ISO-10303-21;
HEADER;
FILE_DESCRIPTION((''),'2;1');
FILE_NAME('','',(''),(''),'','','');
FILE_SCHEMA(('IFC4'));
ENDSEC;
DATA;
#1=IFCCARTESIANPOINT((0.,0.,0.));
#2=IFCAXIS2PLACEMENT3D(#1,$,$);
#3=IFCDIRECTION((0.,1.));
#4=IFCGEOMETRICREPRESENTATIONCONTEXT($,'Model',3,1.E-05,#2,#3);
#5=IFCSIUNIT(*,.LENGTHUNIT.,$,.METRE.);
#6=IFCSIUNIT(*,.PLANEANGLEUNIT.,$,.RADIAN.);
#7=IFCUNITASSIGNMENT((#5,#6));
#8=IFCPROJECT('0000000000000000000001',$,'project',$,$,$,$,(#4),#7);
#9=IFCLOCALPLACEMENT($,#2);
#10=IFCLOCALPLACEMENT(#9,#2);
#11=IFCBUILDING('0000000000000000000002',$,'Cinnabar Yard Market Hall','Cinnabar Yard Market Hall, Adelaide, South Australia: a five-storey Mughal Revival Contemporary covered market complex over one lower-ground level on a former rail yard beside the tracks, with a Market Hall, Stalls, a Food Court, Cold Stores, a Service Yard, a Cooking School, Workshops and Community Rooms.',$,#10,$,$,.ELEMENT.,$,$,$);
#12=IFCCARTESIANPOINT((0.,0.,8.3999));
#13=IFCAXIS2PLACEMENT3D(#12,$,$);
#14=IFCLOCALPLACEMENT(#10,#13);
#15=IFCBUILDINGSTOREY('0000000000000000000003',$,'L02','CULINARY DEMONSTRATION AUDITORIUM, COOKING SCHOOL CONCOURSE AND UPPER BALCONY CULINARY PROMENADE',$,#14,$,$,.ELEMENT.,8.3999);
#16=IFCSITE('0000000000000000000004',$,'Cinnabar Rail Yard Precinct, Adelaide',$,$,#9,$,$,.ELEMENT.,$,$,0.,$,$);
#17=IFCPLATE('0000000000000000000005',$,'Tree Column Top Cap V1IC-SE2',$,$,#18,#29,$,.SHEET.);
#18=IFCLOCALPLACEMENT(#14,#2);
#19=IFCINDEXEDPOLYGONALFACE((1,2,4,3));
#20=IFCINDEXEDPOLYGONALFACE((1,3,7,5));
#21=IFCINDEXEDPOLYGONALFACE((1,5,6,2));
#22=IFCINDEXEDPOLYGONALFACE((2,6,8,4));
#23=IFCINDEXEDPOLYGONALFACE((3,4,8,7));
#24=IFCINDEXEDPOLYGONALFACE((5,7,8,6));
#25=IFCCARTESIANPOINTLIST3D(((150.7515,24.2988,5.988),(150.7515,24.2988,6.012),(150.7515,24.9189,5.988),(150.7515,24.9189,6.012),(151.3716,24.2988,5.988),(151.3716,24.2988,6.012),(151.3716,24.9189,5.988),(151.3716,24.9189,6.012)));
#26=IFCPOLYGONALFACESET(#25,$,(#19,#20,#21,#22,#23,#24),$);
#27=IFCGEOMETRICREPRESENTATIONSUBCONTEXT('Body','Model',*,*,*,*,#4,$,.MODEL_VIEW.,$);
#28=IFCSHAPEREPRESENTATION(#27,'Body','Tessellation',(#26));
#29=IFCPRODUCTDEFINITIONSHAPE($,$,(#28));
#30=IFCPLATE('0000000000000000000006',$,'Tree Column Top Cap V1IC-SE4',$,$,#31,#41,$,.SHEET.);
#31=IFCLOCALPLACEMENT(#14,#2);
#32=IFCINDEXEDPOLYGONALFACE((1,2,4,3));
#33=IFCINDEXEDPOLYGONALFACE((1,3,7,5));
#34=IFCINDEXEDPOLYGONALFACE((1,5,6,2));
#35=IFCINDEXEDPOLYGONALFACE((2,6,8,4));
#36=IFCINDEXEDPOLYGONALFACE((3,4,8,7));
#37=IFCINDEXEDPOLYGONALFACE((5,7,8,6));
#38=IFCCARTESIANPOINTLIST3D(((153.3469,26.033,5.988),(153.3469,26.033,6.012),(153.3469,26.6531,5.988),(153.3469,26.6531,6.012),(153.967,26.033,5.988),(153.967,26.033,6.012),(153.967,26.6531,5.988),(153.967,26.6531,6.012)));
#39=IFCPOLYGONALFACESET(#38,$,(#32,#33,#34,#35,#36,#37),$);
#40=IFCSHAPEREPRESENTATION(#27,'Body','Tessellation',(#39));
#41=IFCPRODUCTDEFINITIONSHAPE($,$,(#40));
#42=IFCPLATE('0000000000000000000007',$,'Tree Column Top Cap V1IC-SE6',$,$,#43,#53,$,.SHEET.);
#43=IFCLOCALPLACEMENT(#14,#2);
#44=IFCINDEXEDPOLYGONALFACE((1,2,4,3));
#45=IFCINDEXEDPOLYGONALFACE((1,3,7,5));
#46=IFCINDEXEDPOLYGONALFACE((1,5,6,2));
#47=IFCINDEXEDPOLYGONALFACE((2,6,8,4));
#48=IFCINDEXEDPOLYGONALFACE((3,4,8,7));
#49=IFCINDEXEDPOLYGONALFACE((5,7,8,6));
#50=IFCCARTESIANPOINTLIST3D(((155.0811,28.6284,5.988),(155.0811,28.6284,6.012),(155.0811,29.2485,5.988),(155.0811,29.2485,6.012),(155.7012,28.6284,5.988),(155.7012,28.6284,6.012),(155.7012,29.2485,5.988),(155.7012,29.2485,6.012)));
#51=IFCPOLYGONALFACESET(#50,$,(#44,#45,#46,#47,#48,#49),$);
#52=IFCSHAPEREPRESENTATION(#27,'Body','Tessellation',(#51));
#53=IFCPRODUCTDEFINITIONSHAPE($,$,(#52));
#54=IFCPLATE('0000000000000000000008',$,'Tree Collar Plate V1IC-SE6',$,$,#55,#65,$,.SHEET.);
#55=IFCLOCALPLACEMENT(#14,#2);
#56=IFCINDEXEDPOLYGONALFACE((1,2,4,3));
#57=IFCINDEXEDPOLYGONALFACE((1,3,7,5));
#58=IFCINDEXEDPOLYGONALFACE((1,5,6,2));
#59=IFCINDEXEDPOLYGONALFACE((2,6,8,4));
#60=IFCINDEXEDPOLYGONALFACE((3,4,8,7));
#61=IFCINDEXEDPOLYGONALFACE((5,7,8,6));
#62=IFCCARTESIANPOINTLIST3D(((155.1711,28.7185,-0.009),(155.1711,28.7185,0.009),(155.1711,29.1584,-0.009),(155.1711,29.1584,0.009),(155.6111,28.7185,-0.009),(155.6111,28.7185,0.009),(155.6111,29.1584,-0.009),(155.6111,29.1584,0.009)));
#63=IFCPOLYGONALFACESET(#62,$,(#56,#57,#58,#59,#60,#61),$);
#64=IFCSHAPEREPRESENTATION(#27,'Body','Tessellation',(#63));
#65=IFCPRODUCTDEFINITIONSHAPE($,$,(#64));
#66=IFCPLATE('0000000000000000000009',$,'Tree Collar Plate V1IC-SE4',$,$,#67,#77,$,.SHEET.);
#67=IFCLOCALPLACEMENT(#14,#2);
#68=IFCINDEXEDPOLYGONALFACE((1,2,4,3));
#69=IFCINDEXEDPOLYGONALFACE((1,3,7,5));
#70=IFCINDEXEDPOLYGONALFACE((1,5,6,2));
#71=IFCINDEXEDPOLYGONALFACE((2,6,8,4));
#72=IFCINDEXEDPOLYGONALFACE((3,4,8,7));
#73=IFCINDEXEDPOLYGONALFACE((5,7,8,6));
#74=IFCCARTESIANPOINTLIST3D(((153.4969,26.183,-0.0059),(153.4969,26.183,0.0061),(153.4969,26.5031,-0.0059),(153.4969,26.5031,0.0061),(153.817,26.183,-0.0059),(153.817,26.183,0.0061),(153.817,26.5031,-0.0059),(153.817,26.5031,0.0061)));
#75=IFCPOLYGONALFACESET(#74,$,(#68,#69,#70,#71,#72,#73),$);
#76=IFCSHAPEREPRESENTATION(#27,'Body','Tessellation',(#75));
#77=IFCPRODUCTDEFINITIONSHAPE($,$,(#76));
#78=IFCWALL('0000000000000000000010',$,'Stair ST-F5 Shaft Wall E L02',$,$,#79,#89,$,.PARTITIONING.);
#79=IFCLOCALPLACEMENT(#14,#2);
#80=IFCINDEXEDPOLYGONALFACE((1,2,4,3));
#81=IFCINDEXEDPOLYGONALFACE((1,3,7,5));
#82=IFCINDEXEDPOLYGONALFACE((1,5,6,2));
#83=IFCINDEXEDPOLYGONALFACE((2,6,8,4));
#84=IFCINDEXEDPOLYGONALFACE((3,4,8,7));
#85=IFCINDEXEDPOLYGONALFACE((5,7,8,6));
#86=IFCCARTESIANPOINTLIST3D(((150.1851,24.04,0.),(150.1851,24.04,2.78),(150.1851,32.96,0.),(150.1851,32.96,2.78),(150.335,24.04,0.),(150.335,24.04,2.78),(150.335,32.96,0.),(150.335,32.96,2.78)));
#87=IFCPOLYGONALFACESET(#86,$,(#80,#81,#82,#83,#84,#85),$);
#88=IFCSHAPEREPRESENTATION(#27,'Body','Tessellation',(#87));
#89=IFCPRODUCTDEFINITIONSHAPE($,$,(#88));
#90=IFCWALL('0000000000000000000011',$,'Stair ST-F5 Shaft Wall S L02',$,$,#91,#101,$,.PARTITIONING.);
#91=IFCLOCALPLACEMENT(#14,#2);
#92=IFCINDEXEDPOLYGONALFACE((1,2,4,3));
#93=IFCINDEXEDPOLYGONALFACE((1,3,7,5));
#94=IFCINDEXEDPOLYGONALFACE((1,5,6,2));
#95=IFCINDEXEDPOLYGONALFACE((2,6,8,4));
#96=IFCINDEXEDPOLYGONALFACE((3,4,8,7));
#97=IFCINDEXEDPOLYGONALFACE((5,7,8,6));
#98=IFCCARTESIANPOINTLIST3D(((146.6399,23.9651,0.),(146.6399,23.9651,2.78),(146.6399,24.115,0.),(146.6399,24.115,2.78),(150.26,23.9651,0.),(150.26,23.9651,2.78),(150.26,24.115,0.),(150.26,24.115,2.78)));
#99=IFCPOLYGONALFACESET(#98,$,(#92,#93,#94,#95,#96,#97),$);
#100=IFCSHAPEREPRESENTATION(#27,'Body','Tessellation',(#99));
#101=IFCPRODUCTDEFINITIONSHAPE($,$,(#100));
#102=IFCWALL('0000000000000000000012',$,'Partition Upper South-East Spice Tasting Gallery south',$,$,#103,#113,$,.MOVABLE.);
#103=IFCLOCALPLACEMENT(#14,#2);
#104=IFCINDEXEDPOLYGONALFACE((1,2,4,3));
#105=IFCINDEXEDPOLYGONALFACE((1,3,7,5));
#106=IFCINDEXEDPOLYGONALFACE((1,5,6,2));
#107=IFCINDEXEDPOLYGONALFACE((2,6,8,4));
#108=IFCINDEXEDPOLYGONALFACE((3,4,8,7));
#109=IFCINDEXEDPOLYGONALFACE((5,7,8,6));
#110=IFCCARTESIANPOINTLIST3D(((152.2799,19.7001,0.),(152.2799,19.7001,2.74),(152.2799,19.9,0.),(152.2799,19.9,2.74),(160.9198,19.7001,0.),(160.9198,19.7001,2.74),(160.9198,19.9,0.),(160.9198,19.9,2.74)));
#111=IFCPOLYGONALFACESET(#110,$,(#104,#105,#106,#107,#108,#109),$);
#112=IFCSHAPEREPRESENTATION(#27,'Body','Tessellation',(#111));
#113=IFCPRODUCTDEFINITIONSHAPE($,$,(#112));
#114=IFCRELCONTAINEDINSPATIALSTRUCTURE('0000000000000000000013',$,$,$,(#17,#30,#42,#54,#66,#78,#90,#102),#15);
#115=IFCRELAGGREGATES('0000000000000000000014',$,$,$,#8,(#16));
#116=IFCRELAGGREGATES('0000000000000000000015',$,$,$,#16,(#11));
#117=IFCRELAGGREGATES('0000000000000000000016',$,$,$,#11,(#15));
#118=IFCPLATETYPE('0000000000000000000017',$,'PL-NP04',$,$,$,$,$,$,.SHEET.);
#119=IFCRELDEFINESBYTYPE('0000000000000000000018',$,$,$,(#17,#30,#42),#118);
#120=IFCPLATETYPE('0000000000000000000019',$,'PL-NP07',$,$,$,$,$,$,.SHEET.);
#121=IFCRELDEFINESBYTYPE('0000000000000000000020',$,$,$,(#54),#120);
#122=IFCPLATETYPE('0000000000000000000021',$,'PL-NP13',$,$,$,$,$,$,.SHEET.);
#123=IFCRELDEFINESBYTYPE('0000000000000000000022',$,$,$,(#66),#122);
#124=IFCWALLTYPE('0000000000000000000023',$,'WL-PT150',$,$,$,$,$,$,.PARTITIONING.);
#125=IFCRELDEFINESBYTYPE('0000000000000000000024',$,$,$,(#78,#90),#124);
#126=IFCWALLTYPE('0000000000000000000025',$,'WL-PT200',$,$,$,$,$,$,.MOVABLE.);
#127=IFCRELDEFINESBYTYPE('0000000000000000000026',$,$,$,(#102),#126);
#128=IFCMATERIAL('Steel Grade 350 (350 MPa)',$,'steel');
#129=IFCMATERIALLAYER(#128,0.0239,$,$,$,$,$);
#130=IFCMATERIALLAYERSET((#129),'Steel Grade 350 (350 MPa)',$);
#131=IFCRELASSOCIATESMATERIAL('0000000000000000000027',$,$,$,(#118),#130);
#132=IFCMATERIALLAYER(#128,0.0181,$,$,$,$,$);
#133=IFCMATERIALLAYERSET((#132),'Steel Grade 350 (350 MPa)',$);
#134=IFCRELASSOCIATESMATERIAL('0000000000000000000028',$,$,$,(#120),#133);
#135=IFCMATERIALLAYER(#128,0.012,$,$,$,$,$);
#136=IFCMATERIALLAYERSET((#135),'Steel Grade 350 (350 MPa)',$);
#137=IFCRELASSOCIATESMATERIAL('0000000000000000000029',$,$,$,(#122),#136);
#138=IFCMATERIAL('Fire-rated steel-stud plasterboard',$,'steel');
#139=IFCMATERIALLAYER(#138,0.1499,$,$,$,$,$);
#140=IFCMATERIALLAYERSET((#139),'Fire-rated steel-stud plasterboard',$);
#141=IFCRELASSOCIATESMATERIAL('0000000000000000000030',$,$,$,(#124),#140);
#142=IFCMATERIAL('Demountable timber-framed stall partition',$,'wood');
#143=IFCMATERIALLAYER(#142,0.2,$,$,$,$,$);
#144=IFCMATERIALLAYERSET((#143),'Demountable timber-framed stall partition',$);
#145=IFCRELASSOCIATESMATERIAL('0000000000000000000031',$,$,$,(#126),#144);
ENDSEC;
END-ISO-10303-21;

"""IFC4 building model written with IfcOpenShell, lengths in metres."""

from ifc_helpers import new_model, si_unit, direction, frame, frame_2d, origin, origin_2d_with_axis, place, context, subcontext, project, spatial, rectangle, extrude, material, layer, layer_set, type_object, element, save


model = new_model("IFC4")

# Units and contexts
model_context = context("Model", 3, precision=1e-05, world=origin(), true_north=direction((0.0, 1.0)))
body_context = subcontext(model_context, "Body", "Model", "MODEL_VIEW")
ifc_project = project(units=[si_unit("LENGTHUNIT", "METRE"), si_unit("PLANEANGLEUNIT", "RADIAN")], contexts=[model_context])

# Site, building, storey
site_placement = place(None, origin())
site = spatial("IfcSite", under=ifc_project, at=site_placement, Name="Cinnabar Rail Yard Precinct, Adelaide", CompositionType="ELEMENT", RefElevation=0.0)
building_placement = place(site_placement, origin())
building = spatial("IfcBuilding", under=site, at=building_placement, Name="Cinnabar Yard Market Hall", Description="Cinnabar Yard Market Hall, Adelaide, South Australia: a five-storey Mughal Revival Contemporary covered market complex over one lower-ground level on a former rail yard beside the tracks, with a Market Hall, Stalls, a Food Court, Cold Stores, a Service Yard, a Cooking School, Workshops and Community Rooms.", CompositionType="ELEMENT")
storey_placement = place(building_placement, frame((0.0, 0.0, 8.3999)))
storey = spatial("IfcBuildingStorey", under=building, at=storey_placement, Name="L02", Description="CULINARY DEMONSTRATION AUDITORIUM, COOKING SCHOOL CONCOURSE AND UPPER BALCONY CULINARY PROMENADE", CompositionType="ELEMENT", Elevation=8.3999)

# Plates
ifc_material_1 = material(Name="Steel Grade 350 (350 MPa)", Category="steel")
ifc_layer_1 = layer(ifc_material_1, 0.0239)
ifc_layer_set_1 = layer_set([ifc_layer_1], Name="Steel Grade 350 (350 MPa)")
plate_type_1 = type_object("IfcPlateType", Name="PL-NP04", PredefinedType="SHEET", material=ifc_layer_set_1)
for number, where, z_axis, x_axis, name in (
    (1, (151.0615, 24.6089, 5.988), (0.0, 0.0, 1.0), (1.0, 0.0, 0.0), "Tree Column Top Cap V1IC-SE2"),
    (2, (153.657, 26.343, 5.988), (0.0, 0.0, 1.0), (1.0, 0.0, 0.0), "Tree Column Top Cap V1IC-SE4"),
    (3, (155.3911, 28.9385, 5.988), (0.0, 0.0, 1.0), (1.0, 0.0, 0.0), "Tree Column Top Cap V1IC-SE6"),
):
    element("IfcPlate", number, at=place(storey_placement, frame(where, z_axis=z_axis, x_axis=x_axis)), inside=storey, type_object=plate_type_1, Name=name, PredefinedType="SHEET", context=body_context, shape_type="SweptSolid", body=[
        extrude(rectangle(XDim=0.6201, YDim=0.6201, at=origin_2d_with_axis()), origin(), (0.0, 0.0, 1.0), 0.0239),
    ])
ifc_layer_2 = layer(ifc_material_1, 0.0181)
ifc_layer_set_2 = layer_set([ifc_layer_2], Name="Steel Grade 350 (350 MPa)")
plate_type_2 = type_object("IfcPlateType", Name="PL-NP07", PredefinedType="SHEET", material=ifc_layer_set_2)
plate_1_placement = place(storey_placement, frame((155.3911, 28.9385, -0.009), z_axis=(0.0, 0.0, 1.0), x_axis=(1.0, 0.0, 0.0)))
element("IfcPlate", 4, at=plate_1_placement, inside=storey, type_object=plate_type_2, Name="Tree Collar Plate V1IC-SE6", PredefinedType="SHEET", context=body_context, shape_type="SweptSolid", body=[
    extrude(rectangle(XDim=0.4399, YDim=0.4399, at=origin_2d_with_axis()), origin(), (0.0, 0.0, 1.0), 0.0181),
])
ifc_layer_3 = layer(ifc_material_1, 0.012)
ifc_layer_set_3 = layer_set([ifc_layer_3], Name="Steel Grade 350 (350 MPa)")
plate_type_3 = type_object("IfcPlateType", Name="PL-NP13", PredefinedType="SHEET", material=ifc_layer_set_3)
plate_2_placement = place(storey_placement, frame((153.657, 26.343, -0.0059), z_axis=(0.0, 0.0, 1.0), x_axis=(1.0, 0.0, 0.0)))
element("IfcPlate", 5, at=plate_2_placement, inside=storey, type_object=plate_type_3, Name="Tree Collar Plate V1IC-SE4", PredefinedType="SHEET", context=body_context, shape_type="SweptSolid", body=[
    extrude(rectangle(XDim=0.3201, YDim=0.3201, at=origin_2d_with_axis()), origin(), (0.0, 0.0, 1.0), 0.012),
])

# Walls
ifc_material_2 = material(Name="Fire-rated steel-stud plasterboard", Category="steel")
ifc_layer_4 = layer(ifc_material_2, 0.1499)
ifc_layer_set_4 = layer_set([ifc_layer_4], Name="Fire-rated steel-stud plasterboard")
wall_type_1 = type_object("IfcWallType", Name="WL-PT150", PredefinedType="PARTITIONING", material=ifc_layer_set_4)
wall_1_placement = place(storey_placement, frame((150.26, 24.04, 0.0), z_axis=(0.0, 0.0, 1.0), x_axis=(0.0, 1.0, 0.0)))
element("IfcWall", 6, at=wall_1_placement, inside=storey, type_object=wall_type_1, Name="Stair ST-F5 Shaft Wall E L02", PredefinedType="PARTITIONING", context=body_context, shape_type="SweptSolid", body=[
    extrude(rectangle(XDim=8.9199, YDim=0.1499, at=frame_2d((4.46, 0.0), x_axis=(1.0, 0.0))), origin(), (0.0, 0.0, 1.0), 2.78),
])
wall_2_placement = place(storey_placement, frame((146.6399, 24.04, 0.0), z_axis=(0.0, 0.0, 1.0), x_axis=(1.0, 0.0, 0.0)))
element("IfcWall", 7, at=wall_2_placement, inside=storey, type_object=wall_type_1, Name="Stair ST-F5 Shaft Wall S L02", PredefinedType="PARTITIONING", context=body_context, shape_type="SweptSolid", body=[
    extrude(rectangle(XDim=3.6201, YDim=0.1499, at=frame_2d((1.8101, 0.0), x_axis=(1.0, 0.0))), origin(), (0.0, 0.0, 1.0), 2.78),
])
ifc_material_3 = material(Name="Demountable timber-framed stall partition", Category="wood")
ifc_layer_5 = layer(ifc_material_3, 0.2)
ifc_layer_set_5 = layer_set([ifc_layer_5], Name="Demountable timber-framed stall partition")
wall_type_2 = type_object("IfcWallType", Name="WL-PT200", PredefinedType="MOVABLE", material=ifc_layer_set_5)
wall_3_placement = place(storey_placement, frame((152.28, 19.8, 0.0), z_axis=(0.0, 0.0, 1.0), x_axis=(1.0, 0.0, 0.0)))
element("IfcWall", 8, at=wall_3_placement, inside=storey, type_object=wall_type_2, Name="Partition Upper South-East Spice Tasting Gallery south", PredefinedType="MOVABLE", context=body_context, shape_type="SweptSolid", body=[
    extrude(rectangle(XDim=8.6399, YDim=0.2, at=frame_2d((4.3198, 0.0), x_axis=(1.0, 0.0))), origin(), (0.0, 0.0, 1.0), 2.74),
])

save(model, "model.ifc")
